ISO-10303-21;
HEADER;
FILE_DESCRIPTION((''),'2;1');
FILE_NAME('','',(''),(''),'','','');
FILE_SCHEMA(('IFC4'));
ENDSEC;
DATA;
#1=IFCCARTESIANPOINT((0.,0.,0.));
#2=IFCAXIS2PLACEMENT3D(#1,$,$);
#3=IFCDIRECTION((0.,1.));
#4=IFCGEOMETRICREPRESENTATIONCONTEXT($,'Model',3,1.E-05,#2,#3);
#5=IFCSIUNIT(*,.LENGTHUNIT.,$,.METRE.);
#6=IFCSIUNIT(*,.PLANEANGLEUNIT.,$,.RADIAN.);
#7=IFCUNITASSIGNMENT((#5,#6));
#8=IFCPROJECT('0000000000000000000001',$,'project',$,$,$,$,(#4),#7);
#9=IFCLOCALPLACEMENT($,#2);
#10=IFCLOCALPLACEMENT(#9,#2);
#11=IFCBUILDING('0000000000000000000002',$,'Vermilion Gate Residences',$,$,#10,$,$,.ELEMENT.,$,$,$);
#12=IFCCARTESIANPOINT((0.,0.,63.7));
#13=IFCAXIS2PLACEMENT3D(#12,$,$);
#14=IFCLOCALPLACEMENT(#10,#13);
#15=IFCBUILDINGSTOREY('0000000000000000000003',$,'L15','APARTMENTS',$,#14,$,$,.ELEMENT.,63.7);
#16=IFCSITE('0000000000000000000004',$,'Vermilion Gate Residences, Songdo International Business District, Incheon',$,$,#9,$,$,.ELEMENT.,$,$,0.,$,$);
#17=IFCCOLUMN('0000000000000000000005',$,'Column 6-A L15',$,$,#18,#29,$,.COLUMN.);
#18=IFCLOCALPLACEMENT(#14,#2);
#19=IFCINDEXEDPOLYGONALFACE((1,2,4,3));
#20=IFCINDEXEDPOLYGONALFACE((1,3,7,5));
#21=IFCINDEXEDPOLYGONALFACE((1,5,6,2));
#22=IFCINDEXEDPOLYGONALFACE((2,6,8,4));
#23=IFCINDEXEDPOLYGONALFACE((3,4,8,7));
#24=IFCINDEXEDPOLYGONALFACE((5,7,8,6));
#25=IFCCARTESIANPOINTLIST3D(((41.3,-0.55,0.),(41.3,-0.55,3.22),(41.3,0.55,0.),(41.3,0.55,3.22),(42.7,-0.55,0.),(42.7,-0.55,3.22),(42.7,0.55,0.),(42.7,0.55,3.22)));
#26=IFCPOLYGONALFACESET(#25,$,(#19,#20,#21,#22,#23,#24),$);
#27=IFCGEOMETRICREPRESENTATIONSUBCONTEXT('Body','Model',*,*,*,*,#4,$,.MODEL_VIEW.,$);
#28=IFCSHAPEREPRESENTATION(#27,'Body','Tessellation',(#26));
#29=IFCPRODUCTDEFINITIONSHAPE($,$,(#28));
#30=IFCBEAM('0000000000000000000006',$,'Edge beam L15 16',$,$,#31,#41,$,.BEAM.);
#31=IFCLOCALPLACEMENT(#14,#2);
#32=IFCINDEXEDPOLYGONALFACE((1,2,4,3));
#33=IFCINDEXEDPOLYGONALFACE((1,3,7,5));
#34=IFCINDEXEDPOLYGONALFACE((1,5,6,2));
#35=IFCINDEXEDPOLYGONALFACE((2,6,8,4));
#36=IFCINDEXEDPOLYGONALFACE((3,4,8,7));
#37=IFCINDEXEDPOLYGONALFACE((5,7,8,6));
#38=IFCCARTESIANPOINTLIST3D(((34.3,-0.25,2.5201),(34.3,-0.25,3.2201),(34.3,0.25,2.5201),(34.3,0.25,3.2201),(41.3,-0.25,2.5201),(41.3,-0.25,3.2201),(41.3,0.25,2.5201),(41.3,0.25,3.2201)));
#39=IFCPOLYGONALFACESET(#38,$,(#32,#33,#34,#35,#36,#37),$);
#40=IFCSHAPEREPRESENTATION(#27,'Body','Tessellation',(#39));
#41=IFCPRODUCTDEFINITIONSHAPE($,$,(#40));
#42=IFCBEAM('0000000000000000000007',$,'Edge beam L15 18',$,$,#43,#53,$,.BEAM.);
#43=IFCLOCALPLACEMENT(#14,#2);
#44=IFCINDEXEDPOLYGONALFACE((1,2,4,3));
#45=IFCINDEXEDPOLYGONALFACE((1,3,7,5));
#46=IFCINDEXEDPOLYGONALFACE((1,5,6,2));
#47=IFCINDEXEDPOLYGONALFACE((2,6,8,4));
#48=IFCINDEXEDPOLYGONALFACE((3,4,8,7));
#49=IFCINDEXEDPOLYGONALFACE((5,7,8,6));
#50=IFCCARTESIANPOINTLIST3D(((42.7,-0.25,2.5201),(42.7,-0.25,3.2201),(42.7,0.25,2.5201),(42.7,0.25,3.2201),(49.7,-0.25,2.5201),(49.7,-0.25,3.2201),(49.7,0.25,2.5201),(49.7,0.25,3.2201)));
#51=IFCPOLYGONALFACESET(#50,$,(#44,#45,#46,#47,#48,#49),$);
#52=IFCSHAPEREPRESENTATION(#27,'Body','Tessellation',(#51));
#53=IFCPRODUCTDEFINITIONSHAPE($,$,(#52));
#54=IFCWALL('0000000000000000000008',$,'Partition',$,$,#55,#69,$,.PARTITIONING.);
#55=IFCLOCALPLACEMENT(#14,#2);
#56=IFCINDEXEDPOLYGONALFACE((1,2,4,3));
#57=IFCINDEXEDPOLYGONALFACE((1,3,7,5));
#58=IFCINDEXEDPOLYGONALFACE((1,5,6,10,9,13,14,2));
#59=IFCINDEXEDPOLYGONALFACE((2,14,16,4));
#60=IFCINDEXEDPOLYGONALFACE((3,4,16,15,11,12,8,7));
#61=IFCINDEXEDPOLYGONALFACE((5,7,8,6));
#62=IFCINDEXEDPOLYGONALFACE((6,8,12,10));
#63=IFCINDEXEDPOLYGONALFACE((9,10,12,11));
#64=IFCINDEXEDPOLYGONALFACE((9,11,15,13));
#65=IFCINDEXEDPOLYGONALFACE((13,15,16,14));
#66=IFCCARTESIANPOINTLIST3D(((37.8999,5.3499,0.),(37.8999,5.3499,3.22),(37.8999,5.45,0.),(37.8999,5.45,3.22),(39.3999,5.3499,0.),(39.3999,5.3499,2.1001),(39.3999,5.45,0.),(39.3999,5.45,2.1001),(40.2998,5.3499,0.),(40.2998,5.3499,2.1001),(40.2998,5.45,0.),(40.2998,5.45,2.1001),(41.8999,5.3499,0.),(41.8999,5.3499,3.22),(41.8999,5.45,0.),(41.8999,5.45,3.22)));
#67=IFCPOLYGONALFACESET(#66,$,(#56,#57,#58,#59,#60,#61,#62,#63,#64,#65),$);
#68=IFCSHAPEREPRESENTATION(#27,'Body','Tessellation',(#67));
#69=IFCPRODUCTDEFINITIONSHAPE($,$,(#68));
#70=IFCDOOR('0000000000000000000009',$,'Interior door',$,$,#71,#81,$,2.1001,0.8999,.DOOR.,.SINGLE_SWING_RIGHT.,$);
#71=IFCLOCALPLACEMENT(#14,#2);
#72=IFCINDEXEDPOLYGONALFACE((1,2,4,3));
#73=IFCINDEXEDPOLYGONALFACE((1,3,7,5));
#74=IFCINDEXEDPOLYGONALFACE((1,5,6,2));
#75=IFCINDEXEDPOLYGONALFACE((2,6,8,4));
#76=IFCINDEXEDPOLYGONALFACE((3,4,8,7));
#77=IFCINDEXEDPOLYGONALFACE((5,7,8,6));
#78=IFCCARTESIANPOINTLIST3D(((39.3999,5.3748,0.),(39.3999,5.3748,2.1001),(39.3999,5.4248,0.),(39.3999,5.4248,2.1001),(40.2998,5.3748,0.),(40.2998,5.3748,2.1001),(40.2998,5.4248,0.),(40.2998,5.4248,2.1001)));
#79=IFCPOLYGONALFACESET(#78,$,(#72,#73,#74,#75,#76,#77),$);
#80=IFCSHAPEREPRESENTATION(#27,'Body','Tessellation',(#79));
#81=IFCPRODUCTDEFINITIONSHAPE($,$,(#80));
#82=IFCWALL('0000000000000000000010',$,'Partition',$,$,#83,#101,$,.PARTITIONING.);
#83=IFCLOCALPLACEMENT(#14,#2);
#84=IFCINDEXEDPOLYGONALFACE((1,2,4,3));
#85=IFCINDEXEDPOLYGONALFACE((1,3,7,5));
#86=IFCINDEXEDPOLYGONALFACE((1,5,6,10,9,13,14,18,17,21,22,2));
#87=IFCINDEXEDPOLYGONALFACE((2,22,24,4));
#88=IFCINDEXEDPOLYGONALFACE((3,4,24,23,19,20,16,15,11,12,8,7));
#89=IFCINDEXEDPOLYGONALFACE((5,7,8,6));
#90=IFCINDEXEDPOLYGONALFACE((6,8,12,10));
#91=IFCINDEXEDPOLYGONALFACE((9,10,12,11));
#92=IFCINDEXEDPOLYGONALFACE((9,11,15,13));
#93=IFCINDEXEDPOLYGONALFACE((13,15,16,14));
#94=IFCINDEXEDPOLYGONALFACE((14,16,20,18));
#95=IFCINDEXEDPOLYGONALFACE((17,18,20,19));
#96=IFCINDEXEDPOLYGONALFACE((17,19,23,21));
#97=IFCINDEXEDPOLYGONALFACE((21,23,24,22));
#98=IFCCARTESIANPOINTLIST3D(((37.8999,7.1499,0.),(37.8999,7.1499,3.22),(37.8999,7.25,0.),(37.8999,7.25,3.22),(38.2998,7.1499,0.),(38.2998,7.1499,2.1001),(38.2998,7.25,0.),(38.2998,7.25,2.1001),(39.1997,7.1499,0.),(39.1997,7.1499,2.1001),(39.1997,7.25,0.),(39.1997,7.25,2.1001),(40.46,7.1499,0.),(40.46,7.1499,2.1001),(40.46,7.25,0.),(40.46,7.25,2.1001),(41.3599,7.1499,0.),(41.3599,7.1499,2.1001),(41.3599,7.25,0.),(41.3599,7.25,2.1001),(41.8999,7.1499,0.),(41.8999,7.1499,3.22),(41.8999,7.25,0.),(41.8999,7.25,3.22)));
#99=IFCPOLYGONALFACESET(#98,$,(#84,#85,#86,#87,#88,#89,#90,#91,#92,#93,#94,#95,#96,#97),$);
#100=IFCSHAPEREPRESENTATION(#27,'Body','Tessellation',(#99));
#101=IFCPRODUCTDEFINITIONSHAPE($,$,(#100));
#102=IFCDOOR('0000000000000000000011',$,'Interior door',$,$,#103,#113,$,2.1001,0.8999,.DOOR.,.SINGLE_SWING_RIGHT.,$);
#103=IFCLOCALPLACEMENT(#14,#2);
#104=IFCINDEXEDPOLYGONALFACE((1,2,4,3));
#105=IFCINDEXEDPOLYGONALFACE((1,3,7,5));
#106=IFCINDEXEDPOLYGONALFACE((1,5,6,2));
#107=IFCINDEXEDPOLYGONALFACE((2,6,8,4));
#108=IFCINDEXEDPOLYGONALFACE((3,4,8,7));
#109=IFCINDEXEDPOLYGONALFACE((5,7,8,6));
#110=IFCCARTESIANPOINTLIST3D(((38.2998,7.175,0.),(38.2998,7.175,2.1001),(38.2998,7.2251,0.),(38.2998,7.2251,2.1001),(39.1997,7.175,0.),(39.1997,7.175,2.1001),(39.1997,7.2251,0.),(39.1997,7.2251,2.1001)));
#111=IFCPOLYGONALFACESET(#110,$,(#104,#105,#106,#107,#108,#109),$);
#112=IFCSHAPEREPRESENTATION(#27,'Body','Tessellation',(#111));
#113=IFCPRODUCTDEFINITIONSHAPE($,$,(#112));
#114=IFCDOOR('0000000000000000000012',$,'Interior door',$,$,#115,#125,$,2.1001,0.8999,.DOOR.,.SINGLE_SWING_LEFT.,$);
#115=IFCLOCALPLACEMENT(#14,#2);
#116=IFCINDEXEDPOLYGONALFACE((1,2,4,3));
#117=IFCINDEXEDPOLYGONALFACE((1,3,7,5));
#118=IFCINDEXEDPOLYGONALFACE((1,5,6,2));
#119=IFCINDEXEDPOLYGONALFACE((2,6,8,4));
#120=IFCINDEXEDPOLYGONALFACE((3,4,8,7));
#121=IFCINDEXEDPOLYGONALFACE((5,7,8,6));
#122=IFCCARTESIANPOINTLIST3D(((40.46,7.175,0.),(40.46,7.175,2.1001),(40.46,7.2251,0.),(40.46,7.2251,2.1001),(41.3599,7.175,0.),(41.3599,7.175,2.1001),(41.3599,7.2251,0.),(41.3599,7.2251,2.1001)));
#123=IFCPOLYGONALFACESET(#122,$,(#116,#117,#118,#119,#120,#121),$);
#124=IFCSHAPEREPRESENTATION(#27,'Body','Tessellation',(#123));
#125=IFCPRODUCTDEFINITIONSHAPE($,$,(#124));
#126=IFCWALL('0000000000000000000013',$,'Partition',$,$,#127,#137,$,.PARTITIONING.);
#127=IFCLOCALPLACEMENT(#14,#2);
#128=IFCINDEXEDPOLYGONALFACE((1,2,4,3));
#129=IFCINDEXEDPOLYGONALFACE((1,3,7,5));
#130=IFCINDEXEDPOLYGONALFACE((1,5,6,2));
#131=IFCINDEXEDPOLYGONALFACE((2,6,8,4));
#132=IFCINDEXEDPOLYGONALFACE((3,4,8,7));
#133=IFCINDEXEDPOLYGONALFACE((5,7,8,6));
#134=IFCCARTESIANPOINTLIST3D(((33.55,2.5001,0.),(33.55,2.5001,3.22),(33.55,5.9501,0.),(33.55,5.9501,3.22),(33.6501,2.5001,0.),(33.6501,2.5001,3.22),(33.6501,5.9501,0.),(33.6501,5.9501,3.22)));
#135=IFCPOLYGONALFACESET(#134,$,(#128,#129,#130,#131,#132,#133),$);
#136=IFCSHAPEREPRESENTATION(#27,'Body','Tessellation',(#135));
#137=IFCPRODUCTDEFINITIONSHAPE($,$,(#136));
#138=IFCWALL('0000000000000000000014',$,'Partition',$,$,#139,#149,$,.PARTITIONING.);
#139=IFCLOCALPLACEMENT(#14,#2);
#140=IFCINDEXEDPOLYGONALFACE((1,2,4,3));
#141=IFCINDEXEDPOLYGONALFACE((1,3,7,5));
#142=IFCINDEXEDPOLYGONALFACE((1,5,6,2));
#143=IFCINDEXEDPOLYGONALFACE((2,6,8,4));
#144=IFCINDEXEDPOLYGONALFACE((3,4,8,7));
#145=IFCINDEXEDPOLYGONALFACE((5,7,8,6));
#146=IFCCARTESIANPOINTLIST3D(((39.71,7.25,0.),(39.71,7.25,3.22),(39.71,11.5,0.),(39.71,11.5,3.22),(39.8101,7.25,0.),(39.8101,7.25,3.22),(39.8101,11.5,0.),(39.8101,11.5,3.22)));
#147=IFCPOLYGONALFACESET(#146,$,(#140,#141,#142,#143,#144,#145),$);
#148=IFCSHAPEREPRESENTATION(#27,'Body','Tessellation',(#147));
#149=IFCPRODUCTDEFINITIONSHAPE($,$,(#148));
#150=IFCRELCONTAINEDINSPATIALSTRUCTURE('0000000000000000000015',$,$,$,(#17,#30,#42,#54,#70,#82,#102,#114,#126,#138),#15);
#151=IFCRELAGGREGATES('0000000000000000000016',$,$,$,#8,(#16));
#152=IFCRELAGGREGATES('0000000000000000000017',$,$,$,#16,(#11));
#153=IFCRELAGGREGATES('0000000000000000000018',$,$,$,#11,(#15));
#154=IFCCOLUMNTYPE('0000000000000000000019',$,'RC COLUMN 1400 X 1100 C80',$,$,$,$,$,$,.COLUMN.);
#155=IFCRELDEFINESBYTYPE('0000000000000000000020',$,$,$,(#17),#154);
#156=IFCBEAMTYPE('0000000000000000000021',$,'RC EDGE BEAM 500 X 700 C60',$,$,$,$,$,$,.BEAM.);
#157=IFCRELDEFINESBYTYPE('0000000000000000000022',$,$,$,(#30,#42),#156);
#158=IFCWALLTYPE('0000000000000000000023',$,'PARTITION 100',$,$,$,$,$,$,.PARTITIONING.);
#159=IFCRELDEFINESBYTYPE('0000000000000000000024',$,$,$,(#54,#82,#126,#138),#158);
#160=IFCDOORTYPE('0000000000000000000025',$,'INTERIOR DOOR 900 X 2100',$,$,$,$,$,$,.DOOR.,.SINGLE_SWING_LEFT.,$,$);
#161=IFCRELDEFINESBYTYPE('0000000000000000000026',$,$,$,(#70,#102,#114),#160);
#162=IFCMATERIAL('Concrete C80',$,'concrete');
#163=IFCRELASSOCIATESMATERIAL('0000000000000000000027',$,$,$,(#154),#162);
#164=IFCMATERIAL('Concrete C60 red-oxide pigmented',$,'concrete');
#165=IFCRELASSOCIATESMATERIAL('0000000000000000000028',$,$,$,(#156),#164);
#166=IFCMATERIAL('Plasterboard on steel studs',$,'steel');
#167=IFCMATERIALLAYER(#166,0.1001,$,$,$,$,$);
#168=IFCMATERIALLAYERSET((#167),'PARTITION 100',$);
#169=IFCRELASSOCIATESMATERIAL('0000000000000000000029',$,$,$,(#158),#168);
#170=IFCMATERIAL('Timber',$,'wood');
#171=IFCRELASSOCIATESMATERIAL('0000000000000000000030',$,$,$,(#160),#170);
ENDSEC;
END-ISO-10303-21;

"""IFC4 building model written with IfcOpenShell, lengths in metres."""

from ifc_helpers import new_model, si_unit, direction, frame, frame_2d, origin, origin_2d, place, context, subcontext, project, spatial, rectangle, extrude, material, layer, layer_set, material_profile, profile_set, type_object, element, fill, save


model = new_model("IFC4")

# Units and contexts
model_context = context("Model", 3, precision=1e-05, world=origin(), true_north=direction((0.0, 1.0)))
body_context = subcontext(model_context, "Body", "Model", "MODEL_VIEW")
ifc_project = project(units=[si_unit("LENGTHUNIT", "METRE"), si_unit("PLANEANGLEUNIT", "RADIAN")], contexts=[model_context])

# Site, building, storey
site_placement = place(None, origin())
site = spatial("IfcSite", under=ifc_project, at=site_placement, Name="Vermilion Gate Residences, Songdo International Business District, Incheon", CompositionType="ELEMENT", RefElevation=0.0)
building_placement = place(site_placement, origin())
building = spatial("IfcBuilding", under=site, at=building_placement, Name="Vermilion Gate Residences", CompositionType="ELEMENT")
storey_placement = place(building_placement, frame((0.0, 0.0, 63.7)))
storey = spatial("IfcBuildingStorey", under=building, at=storey_placement, Name="L15", Description="APARTMENTS", CompositionType="ELEMENT", Elevation=63.7)

# Column
ifc_material_1 = material(Name="Concrete C80", Category="concrete")
ifc_material_profile_1 = material_profile(ifc_material_1, rectangle(XDim=1.3999, YDim=1.1001, at=origin_2d()), Name="RC-1400x1100")
ifc_profile_set_1 = profile_set([ifc_material_profile_1], Name="Concrete C80")
column_type = type_object("IfcColumnType", Name="RC COLUMN 1400 X 1100 C80", PredefinedType="COLUMN", material=ifc_profile_set_1)
column_placement = place(storey_placement, frame((42.0, 0.0, 0.0), z_axis=(0.0, 0.0, 1.0), x_axis=(1.0, 0.0, 0.0)))
element("IfcColumn", 1, at=column_placement, inside=storey, type_object=column_type, Name="Column 6-A L15", PredefinedType="COLUMN", context=body_context, shape_type="SweptSolid", body=[
    extrude(rectangle(XDim=1.3999, YDim=1.1001, at=origin_2d()), origin(), (0.0, 0.0, 1.0), 3.22),
])

# Beams
ifc_material_2 = material(Name="Concrete C60 red-oxide pigmented", Category="concrete")
ifc_material_profile_2 = material_profile(ifc_material_2, rectangle(XDim=0.5, YDim=0.7, at=origin_2d()), Name="RC-500x700")
ifc_profile_set_2 = profile_set([ifc_material_profile_2], Name="Concrete C60 red-oxide pigmented")
beam_type = type_object("IfcBeamType", Name="RC EDGE BEAM 500 X 700 C60", PredefinedType="BEAM", material=ifc_profile_set_2)
for number, where, z_axis, x_axis, name in (
    (2, (34.3, 0.0, 2.8701), (1.0, 0.0, 0.0), (0.0, 1.0, 0.0), "Edge beam L15 16"),
    (3, (42.7, 0.0, 2.8701), (1.0, 0.0, 0.0), (0.0, 1.0, 0.0), "Edge beam L15 18"),
):
    element("IfcBeam", number, at=place(storey_placement, frame(where, z_axis=z_axis, x_axis=x_axis)), inside=storey, type_object=beam_type, Name=name, PredefinedType="BEAM", context=body_context, shape_type="SweptSolid", body=[
        extrude(rectangle(XDim=0.5, YDim=0.7, at=origin_2d()), origin(), (0.0, 0.0, 1.0), 7.0),
    ])

# Wall, opening, door
ifc_material_3 = material(Name="Plasterboard on steel studs", Category="steel")
ifc_layer_1 = layer(ifc_material_3, 0.1001)
ifc_layer_set_1 = layer_set([ifc_layer_1], Name="PARTITION 100")
wall_type_1 = type_object("IfcWallType", Name="PARTITION 100", PredefinedType="PARTITIONING", material=ifc_layer_set_1)
wall_1_placement = place(storey_placement, frame((37.8999, 5.3999, 0.0), z_axis=(0.0, 0.0, 1.0), x_axis=(1.0, 0.0, 0.0)))
wall_1 = element("IfcWall", 4, at=wall_1_placement, inside=storey, type_object=wall_type_1, Name="Partition", PredefinedType="PARTITIONING", context=body_context, shape_type="SweptSolid", body=[
    extrude(rectangle(XDim=4.0, YDim=0.1001, at=frame_2d((2.0, 0.0))), origin(), (0.0, 0.0, 1.0), 3.22),
])
opening_1_placement = place(wall_1_placement, frame((1.5, 0.0, 0.0)))
opening_1 = element("IfcOpeningElement", 5, at=opening_1_placement, cuts=wall_1, PredefinedType="OPENING", context=body_context, shape_type="SweptSolid", body=[
    extrude(rectangle(XDim=0.8999, YDim=2.1001, at=frame_2d((0.45, 1.05))), frame((0.0, 0.0601, 0.0), z_axis=(0.0, -1.0, 0.0), x_axis=(1.0, 0.0, 0.0)), (0.0, 0.0, 1.0), 0.1201),
])
ifc_material_4 = material(Name="Timber", Category="wood")
door_type_1 = type_object("IfcDoorType", Name="INTERIOR DOOR 900 X 2100", OperationType="SINGLE_SWING_LEFT", PredefinedType="DOOR", material=ifc_material_4)
door_1_placement = place(opening_1_placement, origin())
door_1 = element("IfcDoor", 6, at=door_1_placement, inside=storey, type_object=door_type_1, Name="Interior door", OperationType="SINGLE_SWING_RIGHT", OverallHeight=2.1001, OverallWidth=0.8999, PredefinedType="DOOR", context=body_context, shape_type="SweptSolid", body=[
    extrude(rectangle(XDim=0.8999, YDim=2.1001, at=frame_2d((0.45, 1.05))), frame((0.0, 0.0249, 0.0), z_axis=(0.0, -1.0, 0.0), x_axis=(1.0, 0.0, 0.0)), (0.0, 0.0, 1.0), 0.05),
])
fill(opening_1, door_1)

# Wall, openings, doors
wall_2_placement = place(storey_placement, frame((37.8999, 7.2, 0.0), z_axis=(0.0, 0.0, 1.0), x_axis=(1.0, 0.0, 0.0)))
wall_2 = element("IfcWall", 7, at=wall_2_placement, inside=storey, type_object=wall_type_1, Name="Partition", PredefinedType="PARTITIONING", context=body_context, shape_type="SweptSolid", body=[
    extrude(rectangle(XDim=4.0, YDim=0.1001, at=frame_2d((2.0, 0.0))), origin(), (0.0, 0.0, 1.0), 3.22),
])
opening_2_placement = place(wall_2_placement, frame((0.3999, 0.0, 0.0)))
opening_2 = element("IfcOpeningElement", 8, at=opening_2_placement, cuts=wall_2, PredefinedType="OPENING", context=body_context, shape_type="SweptSolid", body=[
    extrude(rectangle(XDim=0.8999, YDim=2.1001, at=frame_2d((0.45, 1.05))), frame((0.0, 0.0601, 0.0), z_axis=(0.0, -1.0, 0.0), x_axis=(1.0, 0.0, 0.0)), (0.0, 0.0, 1.0), 0.1201),
])
opening_3_placement = place(wall_2_placement, frame((2.5601, 0.0, 0.0)))
opening_3 = element("IfcOpeningElement", 9, at=opening_3_placement, cuts=wall_2, PredefinedType="OPENING", context=body_context, shape_type="SweptSolid", body=[
    extrude(rectangle(XDim=0.8999, YDim=2.1001, at=frame_2d((0.45, 1.05))), frame((0.0, 0.0601, 0.0), z_axis=(0.0, -1.0, 0.0), x_axis=(1.0, 0.0, 0.0)), (0.0, 0.0, 1.0), 0.1201),
])
door_2_placement = place(opening_2_placement, frame((0.8999, 0.0, 0.0), z_axis=(0.0, 0.0, 1.0), x_axis=(-1.0, 0.0, 0.0)))
door_2 = element("IfcDoor", 10, at=door_2_placement, inside=storey, type_object=door_type_1, Name="Interior door", OperationType="SINGLE_SWING_RIGHT", OverallHeight=2.1001, OverallWidth=0.8999, PredefinedType="DOOR", context=body_context, shape_type="SweptSolid", body=[
    extrude(rectangle(XDim=0.8999, YDim=2.1001, at=frame_2d((0.45, 1.05))), frame((0.0, 0.0249, 0.0), z_axis=(0.0, -1.0, 0.0), x_axis=(1.0, 0.0, 0.0)), (0.0, 0.0, 1.0), 0.05),
])
fill(opening_2, door_2)
door_3_placement = place(opening_3_placement, frame((0.8999, 0.0, 0.0), z_axis=(0.0, 0.0, 1.0), x_axis=(-1.0, 0.0, 0.0)))
door_3 = element("IfcDoor", 11, at=door_3_placement, inside=storey, type_object=door_type_1, Name="Interior door", OperationType="SINGLE_SWING_LEFT", OverallHeight=2.1001, OverallWidth=0.8999, PredefinedType="DOOR", context=body_context, shape_type="SweptSolid", body=[
    extrude(rectangle(XDim=0.8999, YDim=2.1001, at=frame_2d((0.45, 1.05))), frame((0.0, 0.0249, 0.0), z_axis=(0.0, -1.0, 0.0), x_axis=(1.0, 0.0, 0.0)), (0.0, 0.0, 1.0), 0.05),
])
fill(opening_3, door_3)

# Walls
wall_3_placement = place(storey_placement, frame((33.6001, 2.5, 0.0), z_axis=(0.0, 0.0, 1.0), x_axis=(0.0, 1.0, 0.0)))
element("IfcWall", 12, at=wall_3_placement, inside=storey, type_object=wall_type_1, Name="Partition", PredefinedType="PARTITIONING", context=body_context, shape_type="SweptSolid", body=[
    extrude(rectangle(XDim=3.45, YDim=0.1001, at=frame_2d((1.7251, 0.0))), origin(), (0.0, 0.0, 1.0), 3.22),
])
wall_4_placement = place(storey_placement, frame((39.76, 7.25, 0.0), z_axis=(0.0, 0.0, 1.0), x_axis=(0.0, 1.0, 0.0)))
element("IfcWall", 13, at=wall_4_placement, inside=storey, type_object=wall_type_1, Name="Partition", PredefinedType="PARTITIONING", context=body_context, shape_type="SweptSolid", body=[
    extrude(rectangle(XDim=4.25, YDim=0.1001, at=frame_2d((2.125, 0.0))), origin(), (0.0, 0.0, 1.0), 3.22),
])

save(model, "model.ifc")
